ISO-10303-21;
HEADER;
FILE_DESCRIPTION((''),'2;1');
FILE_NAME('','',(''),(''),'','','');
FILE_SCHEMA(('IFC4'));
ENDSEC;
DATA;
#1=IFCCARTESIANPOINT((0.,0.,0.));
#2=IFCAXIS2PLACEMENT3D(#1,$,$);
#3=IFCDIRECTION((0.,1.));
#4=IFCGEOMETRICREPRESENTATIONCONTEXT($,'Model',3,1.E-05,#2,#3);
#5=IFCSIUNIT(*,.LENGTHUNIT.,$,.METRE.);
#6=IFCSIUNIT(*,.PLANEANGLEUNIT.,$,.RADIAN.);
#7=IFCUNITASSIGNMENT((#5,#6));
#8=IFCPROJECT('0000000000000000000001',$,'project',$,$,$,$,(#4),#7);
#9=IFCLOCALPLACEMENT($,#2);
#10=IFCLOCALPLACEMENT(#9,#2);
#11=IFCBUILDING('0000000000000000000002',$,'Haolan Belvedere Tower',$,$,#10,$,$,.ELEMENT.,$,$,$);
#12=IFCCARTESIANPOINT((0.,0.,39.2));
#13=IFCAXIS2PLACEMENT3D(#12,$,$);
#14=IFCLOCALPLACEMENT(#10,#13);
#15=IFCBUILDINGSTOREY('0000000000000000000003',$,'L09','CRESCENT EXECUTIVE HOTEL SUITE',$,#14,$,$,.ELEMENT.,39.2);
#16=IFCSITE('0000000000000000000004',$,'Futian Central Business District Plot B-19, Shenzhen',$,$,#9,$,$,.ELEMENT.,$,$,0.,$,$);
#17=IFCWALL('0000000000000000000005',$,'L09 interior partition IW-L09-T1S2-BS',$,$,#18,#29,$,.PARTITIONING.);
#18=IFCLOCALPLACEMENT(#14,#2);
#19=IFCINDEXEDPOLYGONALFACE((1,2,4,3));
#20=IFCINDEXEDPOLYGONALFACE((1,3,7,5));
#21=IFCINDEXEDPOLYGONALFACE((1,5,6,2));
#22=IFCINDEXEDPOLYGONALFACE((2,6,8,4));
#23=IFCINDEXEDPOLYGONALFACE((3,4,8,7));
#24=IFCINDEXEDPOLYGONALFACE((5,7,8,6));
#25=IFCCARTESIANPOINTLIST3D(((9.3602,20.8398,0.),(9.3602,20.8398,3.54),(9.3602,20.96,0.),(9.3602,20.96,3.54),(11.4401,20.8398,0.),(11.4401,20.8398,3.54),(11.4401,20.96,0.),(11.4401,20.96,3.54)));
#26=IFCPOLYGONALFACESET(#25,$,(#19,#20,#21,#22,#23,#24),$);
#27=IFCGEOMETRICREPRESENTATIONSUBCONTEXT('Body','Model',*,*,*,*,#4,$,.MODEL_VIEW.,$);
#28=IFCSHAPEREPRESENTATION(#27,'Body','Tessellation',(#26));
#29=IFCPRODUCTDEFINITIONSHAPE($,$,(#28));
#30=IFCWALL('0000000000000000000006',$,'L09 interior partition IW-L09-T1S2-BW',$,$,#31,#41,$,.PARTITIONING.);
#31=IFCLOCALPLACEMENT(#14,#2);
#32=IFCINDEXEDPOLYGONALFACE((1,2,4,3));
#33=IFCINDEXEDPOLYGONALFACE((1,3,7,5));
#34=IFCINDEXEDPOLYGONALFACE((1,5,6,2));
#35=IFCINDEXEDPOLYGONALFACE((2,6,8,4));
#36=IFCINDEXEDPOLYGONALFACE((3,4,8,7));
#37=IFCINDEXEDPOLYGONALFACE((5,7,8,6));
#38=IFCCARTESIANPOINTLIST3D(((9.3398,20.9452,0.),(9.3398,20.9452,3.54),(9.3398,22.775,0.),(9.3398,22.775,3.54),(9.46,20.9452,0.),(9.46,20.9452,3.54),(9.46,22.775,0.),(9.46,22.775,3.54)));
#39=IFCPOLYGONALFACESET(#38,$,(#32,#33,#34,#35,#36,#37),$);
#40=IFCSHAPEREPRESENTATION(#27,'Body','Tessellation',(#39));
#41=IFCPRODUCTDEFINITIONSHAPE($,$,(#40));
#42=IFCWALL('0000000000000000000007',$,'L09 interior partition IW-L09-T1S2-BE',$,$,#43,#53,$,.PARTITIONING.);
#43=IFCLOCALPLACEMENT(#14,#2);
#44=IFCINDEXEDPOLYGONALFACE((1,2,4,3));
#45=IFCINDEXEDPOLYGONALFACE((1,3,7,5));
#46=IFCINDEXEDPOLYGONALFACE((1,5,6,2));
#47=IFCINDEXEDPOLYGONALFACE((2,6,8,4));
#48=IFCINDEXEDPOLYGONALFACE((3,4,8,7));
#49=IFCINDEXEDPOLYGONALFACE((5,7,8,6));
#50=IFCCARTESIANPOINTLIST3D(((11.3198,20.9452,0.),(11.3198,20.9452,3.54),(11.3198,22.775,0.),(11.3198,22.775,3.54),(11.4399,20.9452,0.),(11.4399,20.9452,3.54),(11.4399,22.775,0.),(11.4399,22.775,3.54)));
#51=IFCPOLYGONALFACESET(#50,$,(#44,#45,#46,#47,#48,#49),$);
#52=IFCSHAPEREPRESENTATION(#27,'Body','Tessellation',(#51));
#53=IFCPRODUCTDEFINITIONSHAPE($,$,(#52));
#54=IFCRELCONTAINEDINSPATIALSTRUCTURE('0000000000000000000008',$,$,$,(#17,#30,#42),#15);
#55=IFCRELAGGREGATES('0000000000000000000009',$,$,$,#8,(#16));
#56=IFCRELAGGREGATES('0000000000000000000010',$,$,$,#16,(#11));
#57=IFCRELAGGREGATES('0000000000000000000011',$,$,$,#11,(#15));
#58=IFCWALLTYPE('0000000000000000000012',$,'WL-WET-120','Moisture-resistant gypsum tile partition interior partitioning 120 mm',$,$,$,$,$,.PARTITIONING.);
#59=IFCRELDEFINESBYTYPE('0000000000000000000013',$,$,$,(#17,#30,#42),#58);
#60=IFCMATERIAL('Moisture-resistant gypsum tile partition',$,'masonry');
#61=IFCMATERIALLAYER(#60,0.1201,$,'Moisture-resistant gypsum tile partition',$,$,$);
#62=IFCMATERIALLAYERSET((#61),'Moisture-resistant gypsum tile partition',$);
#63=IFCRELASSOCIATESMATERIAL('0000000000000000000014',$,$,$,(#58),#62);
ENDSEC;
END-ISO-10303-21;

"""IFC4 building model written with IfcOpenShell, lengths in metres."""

from ifc_helpers import new_model, si_unit, direction, frame, frame_2d, origin, place, context, subcontext, project, spatial, rectangle, extrude, material, layer, layer_set, type_object, element, save


model = new_model("IFC4")

# Units and contexts
model_context = context("Model", 3, precision=1e-05, world=origin(), true_north=direction((0.0, 1.0)))
body_context = subcontext(model_context, "Body", "Model", "MODEL_VIEW")
ifc_project = project(units=[si_unit("LENGTHUNIT", "METRE"), si_unit("PLANEANGLEUNIT", "RADIAN")], contexts=[model_context])

# Site, building, storey
site_placement = place(None, origin())
site = spatial("IfcSite", under=ifc_project, at=site_placement, Name="Futian Central Business District Plot B-19, Shenzhen", CompositionType="ELEMENT", RefElevation=0.0)
building_placement = place(site_placement, origin())
building = spatial("IfcBuilding", under=site, at=building_placement, Name="Haolan Belvedere Tower", CompositionType="ELEMENT")
storey_placement = place(building_placement, frame((0.0, 0.0, 39.2)))
storey = spatial("IfcBuildingStorey", under=building, at=storey_placement, Name="L09", Description="CRESCENT EXECUTIVE HOTEL SUITE", CompositionType="ELEMENT", Elevation=39.2)

# Shared definitions
ifc_material_1 = material(Name="Moisture-resistant gypsum tile partition", Category="masonry")
ifc_layer_1 = layer(ifc_material_1, 0.1201, Name="Moisture-resistant gypsum tile partition")
ifc_layer_set_1 = layer_set([ifc_layer_1], Name="Moisture-resistant gypsum tile partition")
wall_type_1 = type_object("IfcWallType", Name="WL-WET-120", Description="Moisture-resistant gypsum tile partition interior partitioning 120 mm", PredefinedType="PARTITIONING", material=ifc_layer_set_1)

# Walls
wall_1_placement = place(storey_placement, frame((9.3601, 20.8999, 0.0), z_axis=(0.0, 0.0, 1.0), x_axis=(1.0, 0.0, 0.0)))
element("IfcWall", 1, at=wall_1_placement, inside=storey, type_object=wall_type_1, Name="L09 interior partition IW-L09-T1S2-BS", PredefinedType="PARTITIONING", context=body_context, shape_type="SweptSolid", body=[
    extrude(rectangle(XDim=2.0798, YDim=0.1201, at=frame_2d((1.04, 0.0))), origin(), (0.0, 0.0, 1.0), 3.54),
])
for number, where, z_axis, x_axis, name in (
    (2, (9.3999, 20.9451, 0.0), (0.0, 0.0, 1.0), (0.0, 1.0, 0.0), "L09 interior partition IW-L09-T1S2-BW"),
    (3, (11.3799, 20.9451, 0.0), (0.0, 0.0, 1.0), (0.0, 1.0, 0.0), "L09 interior partition IW-L09-T1S2-BE"),
):
    element("IfcWall", number, at=place(storey_placement, frame(where, z_axis=z_axis, x_axis=x_axis)), inside=storey, type_object=wall_type_1, Name=name, PredefinedType="PARTITIONING", context=body_context, shape_type="SweptSolid", body=[
        extrude(rectangle(XDim=1.8298, YDim=0.1201, at=frame_2d((0.915, 0.0))), origin(), (0.0, 0.0, 1.0), 3.54),
    ])

save(model, "model.ifc")
